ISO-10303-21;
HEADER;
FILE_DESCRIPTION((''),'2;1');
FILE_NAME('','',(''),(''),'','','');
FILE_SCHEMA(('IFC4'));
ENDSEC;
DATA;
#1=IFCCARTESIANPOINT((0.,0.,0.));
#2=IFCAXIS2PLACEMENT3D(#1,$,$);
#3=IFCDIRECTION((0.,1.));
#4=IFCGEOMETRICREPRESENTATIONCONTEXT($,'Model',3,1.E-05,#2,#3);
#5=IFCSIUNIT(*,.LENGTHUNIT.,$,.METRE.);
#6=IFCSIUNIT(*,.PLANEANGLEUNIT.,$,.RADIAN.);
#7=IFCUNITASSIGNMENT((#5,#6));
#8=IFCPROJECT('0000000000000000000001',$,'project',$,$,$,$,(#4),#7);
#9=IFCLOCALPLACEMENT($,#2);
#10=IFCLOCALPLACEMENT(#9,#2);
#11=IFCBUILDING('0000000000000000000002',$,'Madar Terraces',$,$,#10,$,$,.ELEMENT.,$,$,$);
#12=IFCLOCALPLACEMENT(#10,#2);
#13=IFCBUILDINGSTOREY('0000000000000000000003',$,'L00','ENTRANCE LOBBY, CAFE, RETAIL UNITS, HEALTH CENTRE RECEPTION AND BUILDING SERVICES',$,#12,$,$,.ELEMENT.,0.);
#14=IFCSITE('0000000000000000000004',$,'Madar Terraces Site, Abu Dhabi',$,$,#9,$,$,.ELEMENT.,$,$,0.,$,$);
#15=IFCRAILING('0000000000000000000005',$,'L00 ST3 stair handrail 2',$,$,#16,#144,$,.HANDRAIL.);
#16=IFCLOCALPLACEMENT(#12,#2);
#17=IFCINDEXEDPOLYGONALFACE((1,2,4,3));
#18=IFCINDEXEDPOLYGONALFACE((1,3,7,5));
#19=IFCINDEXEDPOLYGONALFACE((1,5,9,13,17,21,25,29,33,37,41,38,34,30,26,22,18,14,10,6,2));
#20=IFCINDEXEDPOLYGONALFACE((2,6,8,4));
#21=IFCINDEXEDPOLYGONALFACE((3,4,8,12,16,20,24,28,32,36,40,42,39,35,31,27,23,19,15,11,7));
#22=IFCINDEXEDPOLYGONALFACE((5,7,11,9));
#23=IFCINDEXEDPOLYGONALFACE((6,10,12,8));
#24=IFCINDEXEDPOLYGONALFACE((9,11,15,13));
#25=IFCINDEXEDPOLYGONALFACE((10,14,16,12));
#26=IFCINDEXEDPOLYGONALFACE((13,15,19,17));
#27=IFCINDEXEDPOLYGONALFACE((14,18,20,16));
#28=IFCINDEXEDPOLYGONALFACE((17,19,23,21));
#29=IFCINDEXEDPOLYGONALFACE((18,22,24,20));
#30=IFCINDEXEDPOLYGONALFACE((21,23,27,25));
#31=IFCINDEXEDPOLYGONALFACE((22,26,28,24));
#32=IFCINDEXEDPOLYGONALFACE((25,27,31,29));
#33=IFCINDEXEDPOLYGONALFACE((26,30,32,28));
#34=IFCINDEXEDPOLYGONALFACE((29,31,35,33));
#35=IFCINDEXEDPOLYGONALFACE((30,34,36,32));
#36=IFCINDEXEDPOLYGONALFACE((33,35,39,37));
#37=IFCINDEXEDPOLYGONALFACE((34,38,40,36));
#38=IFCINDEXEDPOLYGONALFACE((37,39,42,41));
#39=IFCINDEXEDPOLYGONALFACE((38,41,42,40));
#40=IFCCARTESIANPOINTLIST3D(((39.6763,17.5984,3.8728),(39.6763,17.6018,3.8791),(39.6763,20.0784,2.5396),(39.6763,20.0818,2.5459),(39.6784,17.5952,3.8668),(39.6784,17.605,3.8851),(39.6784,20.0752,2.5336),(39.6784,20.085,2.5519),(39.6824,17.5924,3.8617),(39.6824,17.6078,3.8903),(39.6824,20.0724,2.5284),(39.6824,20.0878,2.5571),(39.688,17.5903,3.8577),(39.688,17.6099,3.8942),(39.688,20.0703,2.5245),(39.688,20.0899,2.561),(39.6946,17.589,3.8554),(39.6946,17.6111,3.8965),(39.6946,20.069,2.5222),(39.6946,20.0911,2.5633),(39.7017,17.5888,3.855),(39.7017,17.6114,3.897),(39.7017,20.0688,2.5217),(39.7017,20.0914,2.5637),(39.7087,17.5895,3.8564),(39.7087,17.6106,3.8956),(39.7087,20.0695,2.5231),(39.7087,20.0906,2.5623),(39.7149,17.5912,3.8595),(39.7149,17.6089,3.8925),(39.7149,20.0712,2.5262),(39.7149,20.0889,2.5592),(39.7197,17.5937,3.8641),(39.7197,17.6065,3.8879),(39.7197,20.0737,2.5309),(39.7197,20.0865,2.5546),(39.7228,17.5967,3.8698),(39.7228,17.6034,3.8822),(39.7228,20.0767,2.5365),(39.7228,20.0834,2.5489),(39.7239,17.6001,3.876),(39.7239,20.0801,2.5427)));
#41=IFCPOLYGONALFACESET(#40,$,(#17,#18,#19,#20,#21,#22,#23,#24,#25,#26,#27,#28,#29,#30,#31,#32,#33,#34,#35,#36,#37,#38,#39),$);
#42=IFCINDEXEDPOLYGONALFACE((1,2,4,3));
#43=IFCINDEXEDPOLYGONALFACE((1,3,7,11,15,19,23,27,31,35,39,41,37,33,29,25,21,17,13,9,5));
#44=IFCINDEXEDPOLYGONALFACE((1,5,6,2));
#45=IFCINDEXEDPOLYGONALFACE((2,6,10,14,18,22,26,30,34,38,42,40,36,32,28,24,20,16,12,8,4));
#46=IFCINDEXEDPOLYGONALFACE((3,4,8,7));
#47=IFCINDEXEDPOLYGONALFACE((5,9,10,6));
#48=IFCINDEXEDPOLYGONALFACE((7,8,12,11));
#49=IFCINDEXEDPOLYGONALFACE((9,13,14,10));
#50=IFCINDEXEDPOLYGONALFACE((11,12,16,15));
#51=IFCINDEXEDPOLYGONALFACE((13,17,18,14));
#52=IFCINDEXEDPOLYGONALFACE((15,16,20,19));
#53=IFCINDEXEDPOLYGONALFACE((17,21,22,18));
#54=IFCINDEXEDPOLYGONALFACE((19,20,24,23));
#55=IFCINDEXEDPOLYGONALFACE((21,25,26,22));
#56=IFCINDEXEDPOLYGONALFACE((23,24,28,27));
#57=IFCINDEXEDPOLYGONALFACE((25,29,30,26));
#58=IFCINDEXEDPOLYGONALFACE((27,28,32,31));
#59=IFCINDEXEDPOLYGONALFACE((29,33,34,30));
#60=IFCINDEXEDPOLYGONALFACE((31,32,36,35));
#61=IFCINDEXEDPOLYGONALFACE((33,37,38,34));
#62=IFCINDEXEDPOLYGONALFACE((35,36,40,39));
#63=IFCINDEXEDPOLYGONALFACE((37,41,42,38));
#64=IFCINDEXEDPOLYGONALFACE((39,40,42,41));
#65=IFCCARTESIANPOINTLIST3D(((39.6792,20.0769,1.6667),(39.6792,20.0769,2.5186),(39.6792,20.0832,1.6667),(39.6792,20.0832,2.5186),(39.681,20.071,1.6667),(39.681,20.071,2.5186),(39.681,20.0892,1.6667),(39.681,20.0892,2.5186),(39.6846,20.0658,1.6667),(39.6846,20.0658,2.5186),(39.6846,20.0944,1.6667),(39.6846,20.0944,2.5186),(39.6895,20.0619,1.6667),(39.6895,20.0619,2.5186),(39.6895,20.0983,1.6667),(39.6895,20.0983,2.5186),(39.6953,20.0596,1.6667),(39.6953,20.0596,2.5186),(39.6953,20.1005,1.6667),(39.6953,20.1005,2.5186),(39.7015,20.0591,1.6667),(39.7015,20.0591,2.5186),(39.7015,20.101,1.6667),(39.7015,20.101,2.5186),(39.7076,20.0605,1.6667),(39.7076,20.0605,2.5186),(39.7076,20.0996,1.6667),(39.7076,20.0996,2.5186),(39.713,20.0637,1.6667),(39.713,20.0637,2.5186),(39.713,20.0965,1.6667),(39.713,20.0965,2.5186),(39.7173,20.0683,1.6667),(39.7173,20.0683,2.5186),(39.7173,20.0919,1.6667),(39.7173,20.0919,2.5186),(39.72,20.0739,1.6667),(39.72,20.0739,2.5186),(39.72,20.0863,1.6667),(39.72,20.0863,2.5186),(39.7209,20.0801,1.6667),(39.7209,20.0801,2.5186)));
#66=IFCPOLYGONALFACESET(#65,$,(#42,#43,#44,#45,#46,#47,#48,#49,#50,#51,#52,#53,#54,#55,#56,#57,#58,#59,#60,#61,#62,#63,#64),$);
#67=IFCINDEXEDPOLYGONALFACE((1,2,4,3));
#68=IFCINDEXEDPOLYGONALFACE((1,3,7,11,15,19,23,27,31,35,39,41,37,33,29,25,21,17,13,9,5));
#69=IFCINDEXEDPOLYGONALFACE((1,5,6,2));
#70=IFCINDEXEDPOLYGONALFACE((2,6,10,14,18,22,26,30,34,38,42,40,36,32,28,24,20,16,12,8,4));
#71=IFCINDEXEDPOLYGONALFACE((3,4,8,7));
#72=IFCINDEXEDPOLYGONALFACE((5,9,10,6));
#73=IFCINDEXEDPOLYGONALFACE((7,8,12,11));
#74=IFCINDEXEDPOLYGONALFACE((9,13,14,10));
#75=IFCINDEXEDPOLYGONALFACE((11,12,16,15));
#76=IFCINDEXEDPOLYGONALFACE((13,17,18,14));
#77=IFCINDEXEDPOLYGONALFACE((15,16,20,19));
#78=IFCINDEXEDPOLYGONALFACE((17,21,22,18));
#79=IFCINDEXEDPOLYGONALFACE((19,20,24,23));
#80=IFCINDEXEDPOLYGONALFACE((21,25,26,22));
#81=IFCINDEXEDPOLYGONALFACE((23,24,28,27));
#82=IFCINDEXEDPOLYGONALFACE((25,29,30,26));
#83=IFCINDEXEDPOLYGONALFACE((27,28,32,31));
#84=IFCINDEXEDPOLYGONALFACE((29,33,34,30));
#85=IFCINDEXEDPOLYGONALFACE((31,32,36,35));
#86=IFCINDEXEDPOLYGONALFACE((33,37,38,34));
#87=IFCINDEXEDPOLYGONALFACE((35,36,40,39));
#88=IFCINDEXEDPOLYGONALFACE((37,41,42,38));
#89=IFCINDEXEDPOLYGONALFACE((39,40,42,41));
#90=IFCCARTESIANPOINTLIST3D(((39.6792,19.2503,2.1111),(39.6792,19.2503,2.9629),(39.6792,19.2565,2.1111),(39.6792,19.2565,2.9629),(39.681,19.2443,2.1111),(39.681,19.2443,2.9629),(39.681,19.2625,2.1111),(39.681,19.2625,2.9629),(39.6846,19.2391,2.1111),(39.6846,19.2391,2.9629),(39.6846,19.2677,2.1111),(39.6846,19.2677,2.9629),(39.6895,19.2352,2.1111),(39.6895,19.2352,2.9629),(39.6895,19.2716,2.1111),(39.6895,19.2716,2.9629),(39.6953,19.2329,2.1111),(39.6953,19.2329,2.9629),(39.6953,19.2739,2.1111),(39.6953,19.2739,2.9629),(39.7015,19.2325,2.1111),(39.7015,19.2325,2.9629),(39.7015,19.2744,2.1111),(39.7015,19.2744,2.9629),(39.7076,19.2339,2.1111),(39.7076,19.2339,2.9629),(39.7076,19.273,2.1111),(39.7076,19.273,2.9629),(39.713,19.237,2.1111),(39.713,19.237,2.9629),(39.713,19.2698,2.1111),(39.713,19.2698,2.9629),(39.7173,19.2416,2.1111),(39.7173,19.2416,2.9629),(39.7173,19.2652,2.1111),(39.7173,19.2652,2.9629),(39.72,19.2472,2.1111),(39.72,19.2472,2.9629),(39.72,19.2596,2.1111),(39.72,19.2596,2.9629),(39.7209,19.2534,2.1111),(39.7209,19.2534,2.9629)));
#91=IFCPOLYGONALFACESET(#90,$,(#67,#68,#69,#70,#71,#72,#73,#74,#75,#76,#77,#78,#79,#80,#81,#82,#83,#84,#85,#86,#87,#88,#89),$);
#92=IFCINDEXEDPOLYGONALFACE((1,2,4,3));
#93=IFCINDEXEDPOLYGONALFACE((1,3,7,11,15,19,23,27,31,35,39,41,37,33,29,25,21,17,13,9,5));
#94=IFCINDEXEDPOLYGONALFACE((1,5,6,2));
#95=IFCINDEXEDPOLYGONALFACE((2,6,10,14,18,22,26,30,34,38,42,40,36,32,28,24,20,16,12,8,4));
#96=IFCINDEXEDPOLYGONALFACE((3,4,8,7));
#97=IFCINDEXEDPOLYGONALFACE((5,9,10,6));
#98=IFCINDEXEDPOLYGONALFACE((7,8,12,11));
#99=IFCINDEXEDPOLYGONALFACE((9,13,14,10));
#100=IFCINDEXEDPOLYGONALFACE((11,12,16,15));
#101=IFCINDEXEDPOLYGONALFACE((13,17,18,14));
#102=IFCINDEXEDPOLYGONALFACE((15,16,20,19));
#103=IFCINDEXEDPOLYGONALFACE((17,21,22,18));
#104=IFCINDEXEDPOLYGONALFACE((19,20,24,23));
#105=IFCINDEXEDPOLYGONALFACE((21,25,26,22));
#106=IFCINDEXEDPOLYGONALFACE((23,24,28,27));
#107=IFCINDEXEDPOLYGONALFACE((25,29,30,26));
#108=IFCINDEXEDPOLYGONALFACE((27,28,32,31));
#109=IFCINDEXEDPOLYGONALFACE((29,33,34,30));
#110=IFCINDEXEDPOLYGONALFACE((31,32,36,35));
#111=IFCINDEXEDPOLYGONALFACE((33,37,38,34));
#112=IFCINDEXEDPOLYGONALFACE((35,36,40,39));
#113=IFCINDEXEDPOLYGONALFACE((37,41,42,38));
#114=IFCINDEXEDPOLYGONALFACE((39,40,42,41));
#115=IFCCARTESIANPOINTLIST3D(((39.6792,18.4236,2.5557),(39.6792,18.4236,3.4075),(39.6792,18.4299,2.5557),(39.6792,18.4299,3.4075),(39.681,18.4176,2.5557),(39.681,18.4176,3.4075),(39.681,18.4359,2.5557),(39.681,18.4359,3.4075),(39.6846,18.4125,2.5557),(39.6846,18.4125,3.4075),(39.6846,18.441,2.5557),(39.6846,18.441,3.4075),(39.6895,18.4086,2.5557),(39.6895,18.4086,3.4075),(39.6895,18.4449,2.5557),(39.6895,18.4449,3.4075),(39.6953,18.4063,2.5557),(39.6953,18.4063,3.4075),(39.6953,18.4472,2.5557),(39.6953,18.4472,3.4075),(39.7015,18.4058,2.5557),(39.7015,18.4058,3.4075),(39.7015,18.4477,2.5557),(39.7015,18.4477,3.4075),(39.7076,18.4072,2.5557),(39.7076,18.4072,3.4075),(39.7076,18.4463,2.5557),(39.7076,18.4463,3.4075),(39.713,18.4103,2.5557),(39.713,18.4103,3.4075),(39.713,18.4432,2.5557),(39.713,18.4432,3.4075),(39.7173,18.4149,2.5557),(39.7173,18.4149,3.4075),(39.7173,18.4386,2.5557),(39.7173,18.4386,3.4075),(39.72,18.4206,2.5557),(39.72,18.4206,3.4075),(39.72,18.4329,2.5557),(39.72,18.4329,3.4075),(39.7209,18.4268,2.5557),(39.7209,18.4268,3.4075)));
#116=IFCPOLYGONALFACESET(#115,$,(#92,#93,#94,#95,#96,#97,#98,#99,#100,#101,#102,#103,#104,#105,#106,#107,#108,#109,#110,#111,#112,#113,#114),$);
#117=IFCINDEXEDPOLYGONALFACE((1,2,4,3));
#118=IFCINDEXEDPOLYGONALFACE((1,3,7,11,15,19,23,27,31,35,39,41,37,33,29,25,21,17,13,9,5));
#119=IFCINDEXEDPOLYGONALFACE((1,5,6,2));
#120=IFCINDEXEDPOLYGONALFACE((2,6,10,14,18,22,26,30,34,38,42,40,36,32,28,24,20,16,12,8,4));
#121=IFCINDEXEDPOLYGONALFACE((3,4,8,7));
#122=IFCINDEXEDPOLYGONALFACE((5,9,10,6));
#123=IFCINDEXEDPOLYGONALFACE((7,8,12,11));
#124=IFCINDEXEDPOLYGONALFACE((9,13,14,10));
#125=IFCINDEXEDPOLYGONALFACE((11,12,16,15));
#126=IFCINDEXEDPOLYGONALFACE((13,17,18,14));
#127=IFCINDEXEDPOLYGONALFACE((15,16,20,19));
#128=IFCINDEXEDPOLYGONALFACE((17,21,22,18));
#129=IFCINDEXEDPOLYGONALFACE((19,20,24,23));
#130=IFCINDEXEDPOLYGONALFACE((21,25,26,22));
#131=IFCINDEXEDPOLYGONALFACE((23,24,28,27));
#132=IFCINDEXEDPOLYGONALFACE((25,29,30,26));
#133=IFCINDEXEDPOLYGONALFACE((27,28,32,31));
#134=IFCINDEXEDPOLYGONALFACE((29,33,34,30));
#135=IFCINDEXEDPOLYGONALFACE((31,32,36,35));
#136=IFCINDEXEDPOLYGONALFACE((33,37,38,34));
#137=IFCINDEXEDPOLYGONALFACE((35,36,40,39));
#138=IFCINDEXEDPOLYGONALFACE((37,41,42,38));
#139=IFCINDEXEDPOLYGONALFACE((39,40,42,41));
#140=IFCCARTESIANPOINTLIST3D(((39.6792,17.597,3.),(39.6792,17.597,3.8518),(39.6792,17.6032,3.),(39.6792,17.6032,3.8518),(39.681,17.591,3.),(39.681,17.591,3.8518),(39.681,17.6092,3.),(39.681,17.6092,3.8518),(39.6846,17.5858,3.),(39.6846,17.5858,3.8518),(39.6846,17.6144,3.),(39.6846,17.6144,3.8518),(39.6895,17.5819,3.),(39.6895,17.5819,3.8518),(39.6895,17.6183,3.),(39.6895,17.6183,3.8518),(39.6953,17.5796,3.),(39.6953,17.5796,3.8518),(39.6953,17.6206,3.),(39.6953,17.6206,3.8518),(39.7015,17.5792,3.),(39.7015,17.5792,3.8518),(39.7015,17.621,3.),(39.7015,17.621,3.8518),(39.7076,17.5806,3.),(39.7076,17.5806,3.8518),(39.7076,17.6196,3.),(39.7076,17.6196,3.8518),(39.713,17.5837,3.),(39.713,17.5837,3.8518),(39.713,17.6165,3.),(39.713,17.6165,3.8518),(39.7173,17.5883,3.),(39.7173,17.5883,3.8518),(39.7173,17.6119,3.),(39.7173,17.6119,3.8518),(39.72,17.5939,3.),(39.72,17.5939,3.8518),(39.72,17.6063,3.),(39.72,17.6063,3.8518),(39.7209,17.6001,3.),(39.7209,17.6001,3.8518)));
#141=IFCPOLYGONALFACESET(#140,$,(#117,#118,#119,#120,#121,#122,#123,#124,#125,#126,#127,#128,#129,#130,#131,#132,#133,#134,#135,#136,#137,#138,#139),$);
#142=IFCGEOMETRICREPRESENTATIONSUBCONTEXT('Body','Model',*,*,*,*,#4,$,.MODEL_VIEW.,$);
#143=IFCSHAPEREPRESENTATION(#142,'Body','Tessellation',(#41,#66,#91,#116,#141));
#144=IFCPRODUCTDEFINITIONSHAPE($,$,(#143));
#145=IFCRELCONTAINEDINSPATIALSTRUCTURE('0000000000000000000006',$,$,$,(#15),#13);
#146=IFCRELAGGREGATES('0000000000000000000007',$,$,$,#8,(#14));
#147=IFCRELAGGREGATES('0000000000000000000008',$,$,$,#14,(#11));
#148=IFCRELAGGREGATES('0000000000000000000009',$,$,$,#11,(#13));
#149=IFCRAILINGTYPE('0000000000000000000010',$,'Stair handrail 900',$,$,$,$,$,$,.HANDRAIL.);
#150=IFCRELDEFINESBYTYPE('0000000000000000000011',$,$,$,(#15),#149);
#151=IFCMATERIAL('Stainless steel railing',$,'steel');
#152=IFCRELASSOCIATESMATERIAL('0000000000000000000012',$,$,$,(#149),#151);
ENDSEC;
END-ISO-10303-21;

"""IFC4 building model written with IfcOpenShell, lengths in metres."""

from ifc_helpers import new_model, si_unit, direction, frame, origin, origin_2d, place, context, subcontext, project, spatial, circle, extrude, material, type_object, element, save


model = new_model("IFC4")

# Units and contexts
model_context = context("Model", 3, precision=1e-05, world=origin(), true_north=direction((0.0, 1.0)))
body_context = subcontext(model_context, "Body", "Model", "MODEL_VIEW")
ifc_project = project(units=[si_unit("LENGTHUNIT", "METRE"), si_unit("PLANEANGLEUNIT", "RADIAN")], contexts=[model_context])

# Site, building, storey
site_placement = place(None, origin())
site = spatial("IfcSite", under=ifc_project, at=site_placement, Name="Madar Terraces Site, Abu Dhabi", CompositionType="ELEMENT", RefElevation=0.0)
building_placement = place(site_placement, origin())
building = spatial("IfcBuilding", under=site, at=building_placement, Name="Madar Terraces", CompositionType="ELEMENT")
storey_placement = place(building_placement, origin())
storey = spatial("IfcBuildingStorey", under=building, at=storey_placement, Name="L00", Description="ENTRANCE LOBBY, CAFE, RETAIL UNITS, HEALTH CENTRE RECEPTION AND BUILDING SERVICES", CompositionType="ELEMENT", Elevation=0.0)

# Railing
ifc_material_1 = material(Name="Stainless steel railing", Category="steel")
railing_type_1 = type_object("IfcRailingType", Name="Stair handrail 900", PredefinedType="HANDRAIL", material=ifc_material_1)
for number, where, name in (
    (1, (39.7, 20.0801, 1.6667), "L00 ST3 stair handrail 2"),
):
    element("IfcRailing", number, at=place(storey_placement, frame(where)), inside=storey, type_object=railing_type_1, Name=name, PredefinedType="HANDRAIL", context=body_context, shape_type="SweptSolid", body=[
        extrude(circle(Radius=0.0239, at=origin_2d()), frame((0.0, 0.0, 0.876), z_axis=(0.0, -0.880786, 0.473515), x_axis=(1.0, 0.0, 0.0)), (0.0, 0.0, 1.0), 2.8157),
        extrude(circle(Radius=0.021, at=origin_2d()), origin(), (0.0, 0.0, 1.0), 0.8518),
        extrude(circle(Radius=0.021, at=origin_2d()), frame((0.0, -0.8267, 0.4443)), (0.0, 0.0, 1.0), 0.8518),
        extrude(circle(Radius=0.021, at=origin_2d()), frame((0.0, -1.6533, 0.8889)), (0.0, 0.0, 1.0), 0.8518),
        extrude(circle(Radius=0.021, at=origin_2d()), frame((0.0, -2.48, 1.3333)), (0.0, 0.0, 1.0), 0.8518),
    ])

save(model, "model.ifc")
